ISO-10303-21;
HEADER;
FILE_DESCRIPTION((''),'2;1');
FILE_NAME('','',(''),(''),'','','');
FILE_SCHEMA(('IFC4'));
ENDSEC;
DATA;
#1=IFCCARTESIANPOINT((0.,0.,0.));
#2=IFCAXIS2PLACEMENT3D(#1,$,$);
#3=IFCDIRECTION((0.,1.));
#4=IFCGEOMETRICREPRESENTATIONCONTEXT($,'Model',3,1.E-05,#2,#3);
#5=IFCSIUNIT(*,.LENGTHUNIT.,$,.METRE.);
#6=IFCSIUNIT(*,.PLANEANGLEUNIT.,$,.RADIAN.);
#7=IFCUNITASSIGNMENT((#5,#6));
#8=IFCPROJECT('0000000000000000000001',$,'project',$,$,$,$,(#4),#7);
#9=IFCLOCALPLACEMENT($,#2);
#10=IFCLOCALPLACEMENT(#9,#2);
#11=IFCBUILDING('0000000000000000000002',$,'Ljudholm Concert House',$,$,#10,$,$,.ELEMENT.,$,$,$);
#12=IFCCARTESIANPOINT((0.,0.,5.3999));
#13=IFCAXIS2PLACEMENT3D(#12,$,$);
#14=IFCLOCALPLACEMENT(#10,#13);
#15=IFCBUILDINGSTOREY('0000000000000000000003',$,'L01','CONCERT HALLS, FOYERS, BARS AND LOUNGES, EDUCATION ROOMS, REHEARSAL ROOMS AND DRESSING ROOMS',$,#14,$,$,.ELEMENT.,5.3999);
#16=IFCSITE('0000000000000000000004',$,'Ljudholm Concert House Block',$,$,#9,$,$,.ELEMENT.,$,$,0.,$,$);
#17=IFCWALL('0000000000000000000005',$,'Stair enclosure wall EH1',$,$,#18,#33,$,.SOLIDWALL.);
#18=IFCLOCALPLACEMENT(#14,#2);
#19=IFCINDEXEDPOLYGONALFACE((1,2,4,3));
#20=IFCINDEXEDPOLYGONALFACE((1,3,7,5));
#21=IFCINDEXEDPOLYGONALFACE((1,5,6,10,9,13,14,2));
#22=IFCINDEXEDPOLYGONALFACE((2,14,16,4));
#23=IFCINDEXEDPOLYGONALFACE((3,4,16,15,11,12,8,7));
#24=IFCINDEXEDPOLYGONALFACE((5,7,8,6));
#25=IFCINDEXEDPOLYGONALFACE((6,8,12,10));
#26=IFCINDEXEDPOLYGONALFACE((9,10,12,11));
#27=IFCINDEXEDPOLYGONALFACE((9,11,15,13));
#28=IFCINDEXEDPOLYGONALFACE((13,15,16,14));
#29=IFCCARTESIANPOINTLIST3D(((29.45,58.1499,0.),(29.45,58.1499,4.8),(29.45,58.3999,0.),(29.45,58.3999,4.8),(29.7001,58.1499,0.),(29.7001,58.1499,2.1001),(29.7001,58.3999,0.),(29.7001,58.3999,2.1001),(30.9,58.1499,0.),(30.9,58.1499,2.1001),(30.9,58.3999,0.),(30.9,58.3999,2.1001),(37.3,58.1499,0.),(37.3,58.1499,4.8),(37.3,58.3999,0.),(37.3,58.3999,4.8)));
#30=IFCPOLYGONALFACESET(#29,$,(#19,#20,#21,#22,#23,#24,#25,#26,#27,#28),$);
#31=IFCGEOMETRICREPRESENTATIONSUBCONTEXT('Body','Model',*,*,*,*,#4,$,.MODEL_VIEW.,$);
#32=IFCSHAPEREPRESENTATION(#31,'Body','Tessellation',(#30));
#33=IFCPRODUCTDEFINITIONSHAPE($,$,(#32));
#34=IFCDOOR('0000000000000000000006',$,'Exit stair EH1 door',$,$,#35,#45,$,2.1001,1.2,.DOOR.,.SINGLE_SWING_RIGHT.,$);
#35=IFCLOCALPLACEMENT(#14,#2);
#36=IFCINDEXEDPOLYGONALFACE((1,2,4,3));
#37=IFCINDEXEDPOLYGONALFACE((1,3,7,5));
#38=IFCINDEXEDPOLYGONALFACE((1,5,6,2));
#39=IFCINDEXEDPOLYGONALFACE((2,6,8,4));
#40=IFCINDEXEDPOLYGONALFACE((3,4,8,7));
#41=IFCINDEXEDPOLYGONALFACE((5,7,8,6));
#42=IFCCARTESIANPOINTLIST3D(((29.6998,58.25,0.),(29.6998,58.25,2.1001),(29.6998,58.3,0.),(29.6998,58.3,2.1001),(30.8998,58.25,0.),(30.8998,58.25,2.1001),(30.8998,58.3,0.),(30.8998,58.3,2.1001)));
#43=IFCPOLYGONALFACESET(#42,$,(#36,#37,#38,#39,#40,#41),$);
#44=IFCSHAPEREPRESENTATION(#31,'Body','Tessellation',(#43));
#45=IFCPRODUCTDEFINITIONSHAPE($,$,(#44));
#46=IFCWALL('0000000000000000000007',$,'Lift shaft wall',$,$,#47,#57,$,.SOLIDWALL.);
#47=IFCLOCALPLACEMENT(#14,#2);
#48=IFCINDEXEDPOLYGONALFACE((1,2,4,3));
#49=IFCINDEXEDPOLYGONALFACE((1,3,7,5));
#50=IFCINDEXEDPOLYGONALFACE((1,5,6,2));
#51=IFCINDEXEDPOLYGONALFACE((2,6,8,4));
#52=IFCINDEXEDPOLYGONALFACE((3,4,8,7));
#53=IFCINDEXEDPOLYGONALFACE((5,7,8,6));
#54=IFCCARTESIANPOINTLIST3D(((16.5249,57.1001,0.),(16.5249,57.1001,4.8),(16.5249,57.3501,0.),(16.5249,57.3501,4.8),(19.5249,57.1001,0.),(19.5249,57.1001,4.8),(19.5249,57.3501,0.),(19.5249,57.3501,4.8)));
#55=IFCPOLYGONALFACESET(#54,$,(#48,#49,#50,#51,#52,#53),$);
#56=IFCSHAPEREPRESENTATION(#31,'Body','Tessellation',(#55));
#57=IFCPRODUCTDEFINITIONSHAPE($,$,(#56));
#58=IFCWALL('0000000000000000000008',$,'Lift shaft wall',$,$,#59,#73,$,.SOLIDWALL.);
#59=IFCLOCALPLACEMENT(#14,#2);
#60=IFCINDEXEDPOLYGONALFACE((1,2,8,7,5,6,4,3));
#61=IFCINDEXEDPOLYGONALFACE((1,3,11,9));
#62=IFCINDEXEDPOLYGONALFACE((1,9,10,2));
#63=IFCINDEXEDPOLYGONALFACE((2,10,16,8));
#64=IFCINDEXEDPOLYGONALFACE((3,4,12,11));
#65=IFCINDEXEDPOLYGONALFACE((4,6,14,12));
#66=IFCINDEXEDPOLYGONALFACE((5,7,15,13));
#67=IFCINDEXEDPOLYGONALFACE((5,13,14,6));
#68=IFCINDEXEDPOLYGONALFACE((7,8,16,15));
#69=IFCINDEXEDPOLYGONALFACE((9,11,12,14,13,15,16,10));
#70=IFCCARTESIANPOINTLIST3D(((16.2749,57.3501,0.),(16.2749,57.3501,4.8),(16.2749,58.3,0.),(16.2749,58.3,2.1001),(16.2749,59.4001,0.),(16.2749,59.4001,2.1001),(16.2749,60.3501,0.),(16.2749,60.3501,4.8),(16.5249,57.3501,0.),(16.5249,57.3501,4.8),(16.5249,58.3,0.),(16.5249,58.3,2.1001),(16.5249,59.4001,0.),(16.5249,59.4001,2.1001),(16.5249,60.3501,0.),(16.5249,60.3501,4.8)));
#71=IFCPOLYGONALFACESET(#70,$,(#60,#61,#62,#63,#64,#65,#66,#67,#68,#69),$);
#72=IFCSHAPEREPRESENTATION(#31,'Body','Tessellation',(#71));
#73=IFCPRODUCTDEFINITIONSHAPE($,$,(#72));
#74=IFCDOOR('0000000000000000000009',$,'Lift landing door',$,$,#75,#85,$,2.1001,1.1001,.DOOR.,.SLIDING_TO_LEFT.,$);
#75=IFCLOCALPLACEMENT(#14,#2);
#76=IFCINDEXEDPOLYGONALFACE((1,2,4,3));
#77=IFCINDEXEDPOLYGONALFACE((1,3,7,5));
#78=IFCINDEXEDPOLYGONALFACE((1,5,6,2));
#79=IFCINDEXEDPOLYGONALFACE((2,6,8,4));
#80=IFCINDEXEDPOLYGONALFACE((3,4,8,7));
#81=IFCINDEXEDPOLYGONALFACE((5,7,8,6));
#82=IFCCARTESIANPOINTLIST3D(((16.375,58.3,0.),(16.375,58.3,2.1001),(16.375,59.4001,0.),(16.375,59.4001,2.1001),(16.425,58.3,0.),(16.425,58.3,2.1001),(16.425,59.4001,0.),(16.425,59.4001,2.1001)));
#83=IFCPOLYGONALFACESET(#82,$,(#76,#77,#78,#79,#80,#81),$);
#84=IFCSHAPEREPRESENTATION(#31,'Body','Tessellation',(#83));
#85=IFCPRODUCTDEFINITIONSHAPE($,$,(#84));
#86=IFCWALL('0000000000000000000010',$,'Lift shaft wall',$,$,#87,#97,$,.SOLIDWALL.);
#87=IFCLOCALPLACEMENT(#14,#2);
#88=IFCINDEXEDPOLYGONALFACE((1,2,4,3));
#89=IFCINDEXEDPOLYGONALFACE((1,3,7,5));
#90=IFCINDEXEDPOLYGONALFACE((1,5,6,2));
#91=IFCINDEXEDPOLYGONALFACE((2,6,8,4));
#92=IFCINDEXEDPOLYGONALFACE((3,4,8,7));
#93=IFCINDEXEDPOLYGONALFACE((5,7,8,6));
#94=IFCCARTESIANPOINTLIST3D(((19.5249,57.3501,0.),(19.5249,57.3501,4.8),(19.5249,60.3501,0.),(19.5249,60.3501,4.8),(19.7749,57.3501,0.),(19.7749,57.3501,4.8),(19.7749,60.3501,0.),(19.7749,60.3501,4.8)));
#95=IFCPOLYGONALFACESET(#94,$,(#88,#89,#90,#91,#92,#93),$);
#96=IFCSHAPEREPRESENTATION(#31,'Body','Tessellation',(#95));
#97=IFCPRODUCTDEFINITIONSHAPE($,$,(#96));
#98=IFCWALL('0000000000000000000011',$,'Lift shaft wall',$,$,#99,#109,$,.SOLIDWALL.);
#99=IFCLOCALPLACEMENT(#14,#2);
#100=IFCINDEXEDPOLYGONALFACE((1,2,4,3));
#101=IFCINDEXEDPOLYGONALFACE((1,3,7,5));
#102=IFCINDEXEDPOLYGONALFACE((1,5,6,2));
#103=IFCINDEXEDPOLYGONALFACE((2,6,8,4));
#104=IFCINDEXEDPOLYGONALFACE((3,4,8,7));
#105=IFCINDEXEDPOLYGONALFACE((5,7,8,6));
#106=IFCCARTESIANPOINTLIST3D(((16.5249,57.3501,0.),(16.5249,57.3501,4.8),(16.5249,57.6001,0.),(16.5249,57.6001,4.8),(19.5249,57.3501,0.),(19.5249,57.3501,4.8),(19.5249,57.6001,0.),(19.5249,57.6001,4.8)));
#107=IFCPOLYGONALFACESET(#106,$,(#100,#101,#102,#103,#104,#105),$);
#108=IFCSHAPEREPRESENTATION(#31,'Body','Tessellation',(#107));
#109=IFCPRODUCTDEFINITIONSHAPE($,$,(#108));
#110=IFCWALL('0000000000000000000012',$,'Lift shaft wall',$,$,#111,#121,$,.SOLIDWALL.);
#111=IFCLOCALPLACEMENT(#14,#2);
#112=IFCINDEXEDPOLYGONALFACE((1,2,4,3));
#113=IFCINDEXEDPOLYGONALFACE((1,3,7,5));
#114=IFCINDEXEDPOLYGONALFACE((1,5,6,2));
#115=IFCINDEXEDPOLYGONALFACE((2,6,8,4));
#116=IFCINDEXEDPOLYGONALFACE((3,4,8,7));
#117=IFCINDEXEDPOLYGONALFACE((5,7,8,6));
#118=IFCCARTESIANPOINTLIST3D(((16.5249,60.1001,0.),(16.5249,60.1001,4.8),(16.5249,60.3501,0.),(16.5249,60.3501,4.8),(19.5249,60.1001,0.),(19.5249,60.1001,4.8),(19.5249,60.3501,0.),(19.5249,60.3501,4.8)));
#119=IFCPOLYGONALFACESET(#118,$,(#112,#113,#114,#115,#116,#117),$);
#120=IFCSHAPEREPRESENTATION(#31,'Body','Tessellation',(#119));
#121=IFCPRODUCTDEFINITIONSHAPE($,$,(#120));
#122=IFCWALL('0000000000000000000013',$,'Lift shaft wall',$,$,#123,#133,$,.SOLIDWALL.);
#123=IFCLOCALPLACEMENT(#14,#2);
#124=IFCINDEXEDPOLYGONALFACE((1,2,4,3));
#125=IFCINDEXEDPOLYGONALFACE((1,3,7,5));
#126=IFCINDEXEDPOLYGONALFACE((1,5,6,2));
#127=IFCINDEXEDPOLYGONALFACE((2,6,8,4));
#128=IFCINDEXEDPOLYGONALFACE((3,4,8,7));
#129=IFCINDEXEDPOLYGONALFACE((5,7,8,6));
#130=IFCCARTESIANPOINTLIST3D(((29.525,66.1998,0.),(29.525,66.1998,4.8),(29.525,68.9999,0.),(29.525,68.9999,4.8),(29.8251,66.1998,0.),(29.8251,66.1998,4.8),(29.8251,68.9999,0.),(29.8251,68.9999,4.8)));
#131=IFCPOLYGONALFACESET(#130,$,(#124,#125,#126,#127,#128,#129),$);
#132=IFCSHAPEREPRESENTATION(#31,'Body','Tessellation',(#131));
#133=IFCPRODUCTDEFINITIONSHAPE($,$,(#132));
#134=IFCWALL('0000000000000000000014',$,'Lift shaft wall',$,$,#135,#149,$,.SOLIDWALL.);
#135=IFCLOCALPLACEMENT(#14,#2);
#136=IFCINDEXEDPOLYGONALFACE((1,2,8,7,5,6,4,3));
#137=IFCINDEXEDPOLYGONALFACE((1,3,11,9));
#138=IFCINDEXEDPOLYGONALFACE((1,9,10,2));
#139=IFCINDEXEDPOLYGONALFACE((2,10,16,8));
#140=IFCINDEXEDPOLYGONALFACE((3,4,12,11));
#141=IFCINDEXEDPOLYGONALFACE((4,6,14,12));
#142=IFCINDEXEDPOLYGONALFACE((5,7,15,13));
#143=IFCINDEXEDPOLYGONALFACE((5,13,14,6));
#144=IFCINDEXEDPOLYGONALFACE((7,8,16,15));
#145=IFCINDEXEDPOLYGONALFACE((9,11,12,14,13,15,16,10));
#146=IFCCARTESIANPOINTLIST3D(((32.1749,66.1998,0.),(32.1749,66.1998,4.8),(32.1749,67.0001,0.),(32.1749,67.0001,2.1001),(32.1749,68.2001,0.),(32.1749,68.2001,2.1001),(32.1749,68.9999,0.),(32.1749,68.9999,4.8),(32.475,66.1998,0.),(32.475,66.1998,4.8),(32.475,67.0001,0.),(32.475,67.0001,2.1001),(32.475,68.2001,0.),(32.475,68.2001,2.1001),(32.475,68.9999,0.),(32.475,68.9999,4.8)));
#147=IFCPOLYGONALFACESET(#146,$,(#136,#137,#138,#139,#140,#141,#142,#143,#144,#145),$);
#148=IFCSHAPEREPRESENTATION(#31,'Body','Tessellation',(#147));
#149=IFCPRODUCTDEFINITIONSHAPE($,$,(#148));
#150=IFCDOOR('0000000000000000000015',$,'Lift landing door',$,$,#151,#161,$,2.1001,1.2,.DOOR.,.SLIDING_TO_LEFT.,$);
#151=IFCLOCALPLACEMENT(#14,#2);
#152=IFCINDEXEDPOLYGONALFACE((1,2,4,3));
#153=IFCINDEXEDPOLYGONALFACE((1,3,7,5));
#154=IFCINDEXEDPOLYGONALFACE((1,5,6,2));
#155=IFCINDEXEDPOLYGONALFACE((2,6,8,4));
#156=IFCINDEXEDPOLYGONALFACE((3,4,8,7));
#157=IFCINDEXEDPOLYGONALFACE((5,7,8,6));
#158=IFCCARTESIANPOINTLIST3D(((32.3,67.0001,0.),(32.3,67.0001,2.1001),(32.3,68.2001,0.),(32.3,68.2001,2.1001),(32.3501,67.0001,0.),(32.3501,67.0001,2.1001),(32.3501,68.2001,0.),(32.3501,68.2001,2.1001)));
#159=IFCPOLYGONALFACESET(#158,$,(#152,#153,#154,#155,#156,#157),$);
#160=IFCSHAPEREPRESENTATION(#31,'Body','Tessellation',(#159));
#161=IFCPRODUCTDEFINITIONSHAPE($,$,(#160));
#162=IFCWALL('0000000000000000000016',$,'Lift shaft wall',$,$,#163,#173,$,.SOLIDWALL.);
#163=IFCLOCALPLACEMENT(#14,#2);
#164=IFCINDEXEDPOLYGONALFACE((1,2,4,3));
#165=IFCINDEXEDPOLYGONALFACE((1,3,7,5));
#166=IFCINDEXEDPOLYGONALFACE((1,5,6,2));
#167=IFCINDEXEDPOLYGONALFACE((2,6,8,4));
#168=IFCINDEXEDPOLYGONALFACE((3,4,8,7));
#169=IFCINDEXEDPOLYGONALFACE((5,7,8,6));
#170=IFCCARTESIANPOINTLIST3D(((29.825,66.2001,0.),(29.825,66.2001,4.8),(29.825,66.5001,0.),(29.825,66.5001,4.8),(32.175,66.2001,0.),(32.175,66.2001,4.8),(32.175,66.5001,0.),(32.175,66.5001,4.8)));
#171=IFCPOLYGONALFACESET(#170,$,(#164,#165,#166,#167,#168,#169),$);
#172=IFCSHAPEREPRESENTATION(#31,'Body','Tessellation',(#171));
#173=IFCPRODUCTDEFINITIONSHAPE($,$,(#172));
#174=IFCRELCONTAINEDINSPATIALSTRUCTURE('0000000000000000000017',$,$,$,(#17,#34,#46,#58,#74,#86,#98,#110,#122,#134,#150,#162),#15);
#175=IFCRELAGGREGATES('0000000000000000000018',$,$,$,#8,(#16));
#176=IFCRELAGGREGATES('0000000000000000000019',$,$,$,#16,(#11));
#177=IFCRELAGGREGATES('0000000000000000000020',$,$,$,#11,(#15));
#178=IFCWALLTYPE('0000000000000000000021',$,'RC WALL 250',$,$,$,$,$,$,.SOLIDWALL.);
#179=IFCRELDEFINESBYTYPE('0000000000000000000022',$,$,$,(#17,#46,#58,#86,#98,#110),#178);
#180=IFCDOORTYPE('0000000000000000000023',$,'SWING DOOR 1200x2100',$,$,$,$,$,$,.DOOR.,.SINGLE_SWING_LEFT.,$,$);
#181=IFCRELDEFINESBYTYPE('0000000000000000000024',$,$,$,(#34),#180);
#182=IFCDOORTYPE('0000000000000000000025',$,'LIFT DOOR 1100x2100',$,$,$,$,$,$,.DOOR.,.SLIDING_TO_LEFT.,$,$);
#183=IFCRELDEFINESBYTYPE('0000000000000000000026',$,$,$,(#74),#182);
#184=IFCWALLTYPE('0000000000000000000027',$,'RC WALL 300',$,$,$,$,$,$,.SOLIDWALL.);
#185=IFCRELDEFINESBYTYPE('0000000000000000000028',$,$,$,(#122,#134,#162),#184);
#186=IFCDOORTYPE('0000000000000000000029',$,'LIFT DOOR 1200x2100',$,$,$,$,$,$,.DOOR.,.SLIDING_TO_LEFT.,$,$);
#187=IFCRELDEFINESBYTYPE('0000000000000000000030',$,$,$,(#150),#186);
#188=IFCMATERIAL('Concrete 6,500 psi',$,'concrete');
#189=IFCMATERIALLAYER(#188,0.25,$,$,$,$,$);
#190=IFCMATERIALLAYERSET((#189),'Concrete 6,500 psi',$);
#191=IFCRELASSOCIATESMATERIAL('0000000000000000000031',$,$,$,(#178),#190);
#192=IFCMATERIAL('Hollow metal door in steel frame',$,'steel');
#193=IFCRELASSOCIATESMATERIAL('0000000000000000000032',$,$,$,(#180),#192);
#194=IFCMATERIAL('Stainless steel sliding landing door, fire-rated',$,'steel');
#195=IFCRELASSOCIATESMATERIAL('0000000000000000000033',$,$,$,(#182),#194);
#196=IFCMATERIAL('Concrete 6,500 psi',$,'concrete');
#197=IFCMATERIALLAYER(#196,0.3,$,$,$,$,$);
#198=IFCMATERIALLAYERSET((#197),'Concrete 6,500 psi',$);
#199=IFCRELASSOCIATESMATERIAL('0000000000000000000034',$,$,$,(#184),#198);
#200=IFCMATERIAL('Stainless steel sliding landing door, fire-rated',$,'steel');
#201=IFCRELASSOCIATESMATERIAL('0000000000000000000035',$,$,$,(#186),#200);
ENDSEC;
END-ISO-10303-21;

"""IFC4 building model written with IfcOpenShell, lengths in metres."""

from ifc_helpers import new_model, si_unit, direction, frame, frame_2d, origin, place, context, subcontext, project, spatial, rectangle, extrude, material, layer, layer_set, type_object, element, fill, save


model = new_model("IFC4")

# Units and contexts
model_context = context("Model", 3, precision=1e-05, world=origin(), true_north=direction((0.0, 1.0)))
body_context = subcontext(model_context, "Body", "Model", "MODEL_VIEW")
ifc_project = project(units=[si_unit("LENGTHUNIT", "METRE"), si_unit("PLANEANGLEUNIT", "RADIAN")], contexts=[model_context])

# Site, building, storey
site_placement = place(None, origin())
site = spatial("IfcSite", under=ifc_project, at=site_placement, Name="Ljudholm Concert House Block", CompositionType="ELEMENT", RefElevation=0.0)
building_placement = place(site_placement, origin())
building = spatial("IfcBuilding", under=site, at=building_placement, Name="Ljudholm Concert House", CompositionType="ELEMENT")
storey_placement = place(building_placement, frame((0.0, 0.0, 5.3999)))
storey = spatial("IfcBuildingStorey", under=building, at=storey_placement, Name="L01", Description="CONCERT HALLS, FOYERS, BARS AND LOUNGES, EDUCATION ROOMS, REHEARSAL ROOMS AND DRESSING ROOMS", CompositionType="ELEMENT", Elevation=5.3999)

# Wall, opening, door
ifc_material_1 = material(Name="Concrete 6,500 psi", Category="concrete")
ifc_layer_1 = layer(ifc_material_1, 0.25)
ifc_layer_set_1 = layer_set([ifc_layer_1], Name="Concrete 6,500 psi")
wall_type_1 = type_object("IfcWallType", Name="RC WALL 250", PredefinedType="SOLIDWALL", material=ifc_layer_set_1)
wall_1_placement = place(storey_placement, frame((29.45, 58.2749, 0.0), z_axis=(0.0, 0.0, 1.0), x_axis=(1.0, 0.0, 0.0)))
wall_1 = element("IfcWall", 1, at=wall_1_placement, inside=storey, type_object=wall_type_1, Name="Stair enclosure wall EH1", PredefinedType="SOLIDWALL", context=body_context, shape_type="SweptSolid", body=[
    extrude(rectangle(XDim=7.8501, YDim=0.25, at=frame_2d((3.925, 0.0))), origin(), (0.0, 0.0, 1.0), 4.8),
])
opening_1_placement = place(wall_1_placement, frame((0.25, 0.0, 0.0)))
opening_1 = element("IfcOpeningElement", 2, at=opening_1_placement, cuts=wall_1, PredefinedType="OPENING", context=body_context, shape_type="SweptSolid", body=[
    extrude(rectangle(XDim=1.2, YDim=2.1001, at=frame_2d((0.6001, 1.05))), frame((0.0, 0.135, 0.0), z_axis=(0.0, -1.0, 0.0), x_axis=(1.0, 0.0, 0.0)), (0.0, 0.0, 1.0), 0.27),
])
ifc_material_2 = material(Name="Hollow metal door in steel frame", Category="steel")
door_type_1 = type_object("IfcDoorType", Name="SWING DOOR 1200x2100", OperationType="SINGLE_SWING_LEFT", PredefinedType="DOOR", material=ifc_material_2)
door_1_placement = place(opening_1_placement, frame((1.2, 0.0, 0.0), z_axis=(0.0, 0.0, 1.0), x_axis=(-1.0, 0.0, 0.0)))
door_1 = element("IfcDoor", 3, at=door_1_placement, inside=storey, type_object=door_type_1, Name="Exit stair EH1 door", OperationType="SINGLE_SWING_RIGHT", OverallHeight=2.1001, OverallWidth=1.2, PredefinedType="DOOR", context=body_context, shape_type="SweptSolid", body=[
    extrude(rectangle(XDim=1.2, YDim=2.1001, at=frame_2d((0.6001, 1.05))), frame((0.0, 0.0249, 0.0), z_axis=(0.0, -1.0, 0.0), x_axis=(1.0, 0.0, 0.0)), (0.0, 0.0, 1.0), 0.05),
])
fill(opening_1, door_1)

# Wall
wall_2_placement = place(storey_placement, frame((16.5249, 57.2251, 0.0), z_axis=(0.0, 0.0, 1.0), x_axis=(1.0, 0.0, 0.0)))
element("IfcWall", 4, at=wall_2_placement, inside=storey, type_object=wall_type_1, Name="Lift shaft wall", PredefinedType="SOLIDWALL", context=body_context, shape_type="SweptSolid", body=[
    extrude(rectangle(XDim=3.0, YDim=0.25, at=frame_2d((1.5, 0.0))), origin(), (0.0, 0.0, 1.0), 4.8),
])

# Wall, opening, door
wall_3_placement = place(storey_placement, frame((16.3999, 57.3501, 0.0), z_axis=(0.0, 0.0, 1.0), x_axis=(0.0, 1.0, 0.0)))
wall_3 = element("IfcWall", 5, at=wall_3_placement, inside=storey, type_object=wall_type_1, Name="Lift shaft wall", PredefinedType="SOLIDWALL", context=body_context, shape_type="SweptSolid", body=[
    extrude(rectangle(XDim=3.0, YDim=0.25, at=frame_2d((1.5, 0.0))), origin(), (0.0, 0.0, 1.0), 4.8),
])
opening_2_placement = place(wall_3_placement, frame((0.95, 0.0, 0.0)))
opening_2 = element("IfcOpeningElement", 6, at=opening_2_placement, cuts=wall_3, PredefinedType="OPENING", context=body_context, shape_type="SweptSolid", body=[
    extrude(rectangle(XDim=1.1001, YDim=2.1001, at=frame_2d((0.55, 1.05))), frame((0.0, 0.135, 0.0), z_axis=(0.0, -1.0, 0.0), x_axis=(1.0, 0.0, 0.0)), (0.0, 0.0, 1.0), 0.27),
])
ifc_material_3 = material(Name="Stainless steel sliding landing door, fire-rated", Category="steel")
door_type_2 = type_object("IfcDoorType", Name="LIFT DOOR 1100x2100", OperationType="SLIDING_TO_LEFT", PredefinedType="DOOR", material=ifc_material_3)
door_2_placement = place(opening_2_placement, origin())
door_2 = element("IfcDoor", 7, at=door_2_placement, inside=storey, type_object=door_type_2, Name="Lift landing door", OperationType="SLIDING_TO_LEFT", OverallHeight=2.1001, OverallWidth=1.1001, PredefinedType="DOOR", context=body_context, shape_type="SweptSolid", body=[
    extrude(rectangle(XDim=1.1001, YDim=2.1001, at=frame_2d((0.55, 1.05))), frame((0.0, 0.0249, 0.0), z_axis=(0.0, -1.0, 0.0), x_axis=(1.0, 0.0, 0.0)), (0.0, 0.0, 1.0), 0.05),
])
fill(opening_2, door_2)

# Walls
for number, where, z_axis, x_axis, name in (
    (8, (19.6499, 57.3501, 0.0), (0.0, 0.0, 1.0), (0.0, 1.0, 0.0), "Lift shaft wall"),
    (9, (16.5249, 57.4751, 0.0), (0.0, 0.0, 1.0), (1.0, 0.0, 0.0), "Lift shaft wall"),
    (10, (16.5249, 60.2251, 0.0), (0.0, 0.0, 1.0), (1.0, 0.0, 0.0), "Lift shaft wall"),
):
    element("IfcWall", number, at=place(storey_placement, frame(where, z_axis=z_axis, x_axis=x_axis)), inside=storey, type_object=wall_type_1, Name=name, PredefinedType="SOLIDWALL", context=body_context, shape_type="SweptSolid", body=[
        extrude(rectangle(XDim=3.0, YDim=0.25, at=frame_2d((1.5, 0.0))), origin(), (0.0, 0.0, 1.0), 4.8),
    ])
ifc_material_4 = material(Name="Concrete 6,500 psi", Category="concrete")
ifc_layer_2 = layer(ifc_material_4, 0.3)
ifc_layer_set_2 = layer_set([ifc_layer_2], Name="Concrete 6,500 psi")
wall_type_2 = type_object("IfcWallType", Name="RC WALL 300", PredefinedType="SOLIDWALL", material=ifc_layer_set_2)
wall_4_placement = place(storey_placement, frame((29.675, 66.2, 0.0), z_axis=(0.0, 0.0, 1.0), x_axis=(0.0, 1.0, 0.0)))
element("IfcWall", 11, at=wall_4_placement, inside=storey, type_object=wall_type_2, Name="Lift shaft wall", PredefinedType="SOLIDWALL", context=body_context, shape_type="SweptSolid", body=[
    extrude(rectangle(XDim=2.8, YDim=0.3, at=frame_2d((1.3999, 0.0))), origin(), (0.0, 0.0, 1.0), 4.8),
])

# Wall, opening, door
wall_5_placement = place(storey_placement, frame((32.325, 66.2, 0.0), z_axis=(0.0, 0.0, 1.0), x_axis=(0.0, 1.0, 0.0)))
wall_5 = element("IfcWall", 12, at=wall_5_placement, inside=storey, type_object=wall_type_2, Name="Lift shaft wall", PredefinedType="SOLIDWALL", context=body_context, shape_type="SweptSolid", body=[
    extrude(rectangle(XDim=2.8, YDim=0.3, at=frame_2d((1.3999, 0.0))), origin(), (0.0, 0.0, 1.0), 4.8),
])
opening_3_placement = place(wall_5_placement, frame((0.8, 0.0, 0.0)))
opening_3 = element("IfcOpeningElement", 13, at=opening_3_placement, cuts=wall_5, PredefinedType="OPENING", context=body_context, shape_type="SweptSolid", body=[
    extrude(rectangle(XDim=1.2, YDim=2.1001, at=frame_2d((0.6001, 1.05))), frame((0.0, 0.1599, 0.0), z_axis=(0.0, -1.0, 0.0), x_axis=(1.0, 0.0, 0.0)), (0.0, 0.0, 1.0), 0.3201),
])
ifc_material_5 = material(Name="Stainless steel sliding landing door, fire-rated", Category="steel")
door_type_3 = type_object("IfcDoorType", Name="LIFT DOOR 1200x2100", OperationType="SLIDING_TO_LEFT", PredefinedType="DOOR", material=ifc_material_5)
door_3_placement = place(opening_3_placement, origin())
door_3 = element("IfcDoor", 14, at=door_3_placement, inside=storey, type_object=door_type_3, Name="Lift landing door", OperationType="SLIDING_TO_LEFT", OverallHeight=2.1001, OverallWidth=1.2, PredefinedType="DOOR", context=body_context, shape_type="SweptSolid", body=[
    extrude(rectangle(XDim=1.2, YDim=2.1001, at=frame_2d((0.6001, 1.05))), frame((0.0, 0.0249, 0.0), z_axis=(0.0, -1.0, 0.0), x_axis=(1.0, 0.0, 0.0)), (0.0, 0.0, 1.0), 0.05),
])
fill(opening_3, door_3)

# Wall
wall_6_placement = place(storey_placement, frame((29.825, 66.3501, 0.0), z_axis=(0.0, 0.0, 1.0), x_axis=(1.0, 0.0, 0.0)))
element("IfcWall", 15, at=wall_6_placement, inside=storey, type_object=wall_type_2, Name="Lift shaft wall", PredefinedType="SOLIDWALL", context=body_context, shape_type="SweptSolid", body=[
    extrude(rectangle(XDim=2.3501, YDim=0.3, at=frame_2d((1.175, 0.0))), origin(), (0.0, 0.0, 1.0), 4.8),
])

save(model, "model.ifc")
